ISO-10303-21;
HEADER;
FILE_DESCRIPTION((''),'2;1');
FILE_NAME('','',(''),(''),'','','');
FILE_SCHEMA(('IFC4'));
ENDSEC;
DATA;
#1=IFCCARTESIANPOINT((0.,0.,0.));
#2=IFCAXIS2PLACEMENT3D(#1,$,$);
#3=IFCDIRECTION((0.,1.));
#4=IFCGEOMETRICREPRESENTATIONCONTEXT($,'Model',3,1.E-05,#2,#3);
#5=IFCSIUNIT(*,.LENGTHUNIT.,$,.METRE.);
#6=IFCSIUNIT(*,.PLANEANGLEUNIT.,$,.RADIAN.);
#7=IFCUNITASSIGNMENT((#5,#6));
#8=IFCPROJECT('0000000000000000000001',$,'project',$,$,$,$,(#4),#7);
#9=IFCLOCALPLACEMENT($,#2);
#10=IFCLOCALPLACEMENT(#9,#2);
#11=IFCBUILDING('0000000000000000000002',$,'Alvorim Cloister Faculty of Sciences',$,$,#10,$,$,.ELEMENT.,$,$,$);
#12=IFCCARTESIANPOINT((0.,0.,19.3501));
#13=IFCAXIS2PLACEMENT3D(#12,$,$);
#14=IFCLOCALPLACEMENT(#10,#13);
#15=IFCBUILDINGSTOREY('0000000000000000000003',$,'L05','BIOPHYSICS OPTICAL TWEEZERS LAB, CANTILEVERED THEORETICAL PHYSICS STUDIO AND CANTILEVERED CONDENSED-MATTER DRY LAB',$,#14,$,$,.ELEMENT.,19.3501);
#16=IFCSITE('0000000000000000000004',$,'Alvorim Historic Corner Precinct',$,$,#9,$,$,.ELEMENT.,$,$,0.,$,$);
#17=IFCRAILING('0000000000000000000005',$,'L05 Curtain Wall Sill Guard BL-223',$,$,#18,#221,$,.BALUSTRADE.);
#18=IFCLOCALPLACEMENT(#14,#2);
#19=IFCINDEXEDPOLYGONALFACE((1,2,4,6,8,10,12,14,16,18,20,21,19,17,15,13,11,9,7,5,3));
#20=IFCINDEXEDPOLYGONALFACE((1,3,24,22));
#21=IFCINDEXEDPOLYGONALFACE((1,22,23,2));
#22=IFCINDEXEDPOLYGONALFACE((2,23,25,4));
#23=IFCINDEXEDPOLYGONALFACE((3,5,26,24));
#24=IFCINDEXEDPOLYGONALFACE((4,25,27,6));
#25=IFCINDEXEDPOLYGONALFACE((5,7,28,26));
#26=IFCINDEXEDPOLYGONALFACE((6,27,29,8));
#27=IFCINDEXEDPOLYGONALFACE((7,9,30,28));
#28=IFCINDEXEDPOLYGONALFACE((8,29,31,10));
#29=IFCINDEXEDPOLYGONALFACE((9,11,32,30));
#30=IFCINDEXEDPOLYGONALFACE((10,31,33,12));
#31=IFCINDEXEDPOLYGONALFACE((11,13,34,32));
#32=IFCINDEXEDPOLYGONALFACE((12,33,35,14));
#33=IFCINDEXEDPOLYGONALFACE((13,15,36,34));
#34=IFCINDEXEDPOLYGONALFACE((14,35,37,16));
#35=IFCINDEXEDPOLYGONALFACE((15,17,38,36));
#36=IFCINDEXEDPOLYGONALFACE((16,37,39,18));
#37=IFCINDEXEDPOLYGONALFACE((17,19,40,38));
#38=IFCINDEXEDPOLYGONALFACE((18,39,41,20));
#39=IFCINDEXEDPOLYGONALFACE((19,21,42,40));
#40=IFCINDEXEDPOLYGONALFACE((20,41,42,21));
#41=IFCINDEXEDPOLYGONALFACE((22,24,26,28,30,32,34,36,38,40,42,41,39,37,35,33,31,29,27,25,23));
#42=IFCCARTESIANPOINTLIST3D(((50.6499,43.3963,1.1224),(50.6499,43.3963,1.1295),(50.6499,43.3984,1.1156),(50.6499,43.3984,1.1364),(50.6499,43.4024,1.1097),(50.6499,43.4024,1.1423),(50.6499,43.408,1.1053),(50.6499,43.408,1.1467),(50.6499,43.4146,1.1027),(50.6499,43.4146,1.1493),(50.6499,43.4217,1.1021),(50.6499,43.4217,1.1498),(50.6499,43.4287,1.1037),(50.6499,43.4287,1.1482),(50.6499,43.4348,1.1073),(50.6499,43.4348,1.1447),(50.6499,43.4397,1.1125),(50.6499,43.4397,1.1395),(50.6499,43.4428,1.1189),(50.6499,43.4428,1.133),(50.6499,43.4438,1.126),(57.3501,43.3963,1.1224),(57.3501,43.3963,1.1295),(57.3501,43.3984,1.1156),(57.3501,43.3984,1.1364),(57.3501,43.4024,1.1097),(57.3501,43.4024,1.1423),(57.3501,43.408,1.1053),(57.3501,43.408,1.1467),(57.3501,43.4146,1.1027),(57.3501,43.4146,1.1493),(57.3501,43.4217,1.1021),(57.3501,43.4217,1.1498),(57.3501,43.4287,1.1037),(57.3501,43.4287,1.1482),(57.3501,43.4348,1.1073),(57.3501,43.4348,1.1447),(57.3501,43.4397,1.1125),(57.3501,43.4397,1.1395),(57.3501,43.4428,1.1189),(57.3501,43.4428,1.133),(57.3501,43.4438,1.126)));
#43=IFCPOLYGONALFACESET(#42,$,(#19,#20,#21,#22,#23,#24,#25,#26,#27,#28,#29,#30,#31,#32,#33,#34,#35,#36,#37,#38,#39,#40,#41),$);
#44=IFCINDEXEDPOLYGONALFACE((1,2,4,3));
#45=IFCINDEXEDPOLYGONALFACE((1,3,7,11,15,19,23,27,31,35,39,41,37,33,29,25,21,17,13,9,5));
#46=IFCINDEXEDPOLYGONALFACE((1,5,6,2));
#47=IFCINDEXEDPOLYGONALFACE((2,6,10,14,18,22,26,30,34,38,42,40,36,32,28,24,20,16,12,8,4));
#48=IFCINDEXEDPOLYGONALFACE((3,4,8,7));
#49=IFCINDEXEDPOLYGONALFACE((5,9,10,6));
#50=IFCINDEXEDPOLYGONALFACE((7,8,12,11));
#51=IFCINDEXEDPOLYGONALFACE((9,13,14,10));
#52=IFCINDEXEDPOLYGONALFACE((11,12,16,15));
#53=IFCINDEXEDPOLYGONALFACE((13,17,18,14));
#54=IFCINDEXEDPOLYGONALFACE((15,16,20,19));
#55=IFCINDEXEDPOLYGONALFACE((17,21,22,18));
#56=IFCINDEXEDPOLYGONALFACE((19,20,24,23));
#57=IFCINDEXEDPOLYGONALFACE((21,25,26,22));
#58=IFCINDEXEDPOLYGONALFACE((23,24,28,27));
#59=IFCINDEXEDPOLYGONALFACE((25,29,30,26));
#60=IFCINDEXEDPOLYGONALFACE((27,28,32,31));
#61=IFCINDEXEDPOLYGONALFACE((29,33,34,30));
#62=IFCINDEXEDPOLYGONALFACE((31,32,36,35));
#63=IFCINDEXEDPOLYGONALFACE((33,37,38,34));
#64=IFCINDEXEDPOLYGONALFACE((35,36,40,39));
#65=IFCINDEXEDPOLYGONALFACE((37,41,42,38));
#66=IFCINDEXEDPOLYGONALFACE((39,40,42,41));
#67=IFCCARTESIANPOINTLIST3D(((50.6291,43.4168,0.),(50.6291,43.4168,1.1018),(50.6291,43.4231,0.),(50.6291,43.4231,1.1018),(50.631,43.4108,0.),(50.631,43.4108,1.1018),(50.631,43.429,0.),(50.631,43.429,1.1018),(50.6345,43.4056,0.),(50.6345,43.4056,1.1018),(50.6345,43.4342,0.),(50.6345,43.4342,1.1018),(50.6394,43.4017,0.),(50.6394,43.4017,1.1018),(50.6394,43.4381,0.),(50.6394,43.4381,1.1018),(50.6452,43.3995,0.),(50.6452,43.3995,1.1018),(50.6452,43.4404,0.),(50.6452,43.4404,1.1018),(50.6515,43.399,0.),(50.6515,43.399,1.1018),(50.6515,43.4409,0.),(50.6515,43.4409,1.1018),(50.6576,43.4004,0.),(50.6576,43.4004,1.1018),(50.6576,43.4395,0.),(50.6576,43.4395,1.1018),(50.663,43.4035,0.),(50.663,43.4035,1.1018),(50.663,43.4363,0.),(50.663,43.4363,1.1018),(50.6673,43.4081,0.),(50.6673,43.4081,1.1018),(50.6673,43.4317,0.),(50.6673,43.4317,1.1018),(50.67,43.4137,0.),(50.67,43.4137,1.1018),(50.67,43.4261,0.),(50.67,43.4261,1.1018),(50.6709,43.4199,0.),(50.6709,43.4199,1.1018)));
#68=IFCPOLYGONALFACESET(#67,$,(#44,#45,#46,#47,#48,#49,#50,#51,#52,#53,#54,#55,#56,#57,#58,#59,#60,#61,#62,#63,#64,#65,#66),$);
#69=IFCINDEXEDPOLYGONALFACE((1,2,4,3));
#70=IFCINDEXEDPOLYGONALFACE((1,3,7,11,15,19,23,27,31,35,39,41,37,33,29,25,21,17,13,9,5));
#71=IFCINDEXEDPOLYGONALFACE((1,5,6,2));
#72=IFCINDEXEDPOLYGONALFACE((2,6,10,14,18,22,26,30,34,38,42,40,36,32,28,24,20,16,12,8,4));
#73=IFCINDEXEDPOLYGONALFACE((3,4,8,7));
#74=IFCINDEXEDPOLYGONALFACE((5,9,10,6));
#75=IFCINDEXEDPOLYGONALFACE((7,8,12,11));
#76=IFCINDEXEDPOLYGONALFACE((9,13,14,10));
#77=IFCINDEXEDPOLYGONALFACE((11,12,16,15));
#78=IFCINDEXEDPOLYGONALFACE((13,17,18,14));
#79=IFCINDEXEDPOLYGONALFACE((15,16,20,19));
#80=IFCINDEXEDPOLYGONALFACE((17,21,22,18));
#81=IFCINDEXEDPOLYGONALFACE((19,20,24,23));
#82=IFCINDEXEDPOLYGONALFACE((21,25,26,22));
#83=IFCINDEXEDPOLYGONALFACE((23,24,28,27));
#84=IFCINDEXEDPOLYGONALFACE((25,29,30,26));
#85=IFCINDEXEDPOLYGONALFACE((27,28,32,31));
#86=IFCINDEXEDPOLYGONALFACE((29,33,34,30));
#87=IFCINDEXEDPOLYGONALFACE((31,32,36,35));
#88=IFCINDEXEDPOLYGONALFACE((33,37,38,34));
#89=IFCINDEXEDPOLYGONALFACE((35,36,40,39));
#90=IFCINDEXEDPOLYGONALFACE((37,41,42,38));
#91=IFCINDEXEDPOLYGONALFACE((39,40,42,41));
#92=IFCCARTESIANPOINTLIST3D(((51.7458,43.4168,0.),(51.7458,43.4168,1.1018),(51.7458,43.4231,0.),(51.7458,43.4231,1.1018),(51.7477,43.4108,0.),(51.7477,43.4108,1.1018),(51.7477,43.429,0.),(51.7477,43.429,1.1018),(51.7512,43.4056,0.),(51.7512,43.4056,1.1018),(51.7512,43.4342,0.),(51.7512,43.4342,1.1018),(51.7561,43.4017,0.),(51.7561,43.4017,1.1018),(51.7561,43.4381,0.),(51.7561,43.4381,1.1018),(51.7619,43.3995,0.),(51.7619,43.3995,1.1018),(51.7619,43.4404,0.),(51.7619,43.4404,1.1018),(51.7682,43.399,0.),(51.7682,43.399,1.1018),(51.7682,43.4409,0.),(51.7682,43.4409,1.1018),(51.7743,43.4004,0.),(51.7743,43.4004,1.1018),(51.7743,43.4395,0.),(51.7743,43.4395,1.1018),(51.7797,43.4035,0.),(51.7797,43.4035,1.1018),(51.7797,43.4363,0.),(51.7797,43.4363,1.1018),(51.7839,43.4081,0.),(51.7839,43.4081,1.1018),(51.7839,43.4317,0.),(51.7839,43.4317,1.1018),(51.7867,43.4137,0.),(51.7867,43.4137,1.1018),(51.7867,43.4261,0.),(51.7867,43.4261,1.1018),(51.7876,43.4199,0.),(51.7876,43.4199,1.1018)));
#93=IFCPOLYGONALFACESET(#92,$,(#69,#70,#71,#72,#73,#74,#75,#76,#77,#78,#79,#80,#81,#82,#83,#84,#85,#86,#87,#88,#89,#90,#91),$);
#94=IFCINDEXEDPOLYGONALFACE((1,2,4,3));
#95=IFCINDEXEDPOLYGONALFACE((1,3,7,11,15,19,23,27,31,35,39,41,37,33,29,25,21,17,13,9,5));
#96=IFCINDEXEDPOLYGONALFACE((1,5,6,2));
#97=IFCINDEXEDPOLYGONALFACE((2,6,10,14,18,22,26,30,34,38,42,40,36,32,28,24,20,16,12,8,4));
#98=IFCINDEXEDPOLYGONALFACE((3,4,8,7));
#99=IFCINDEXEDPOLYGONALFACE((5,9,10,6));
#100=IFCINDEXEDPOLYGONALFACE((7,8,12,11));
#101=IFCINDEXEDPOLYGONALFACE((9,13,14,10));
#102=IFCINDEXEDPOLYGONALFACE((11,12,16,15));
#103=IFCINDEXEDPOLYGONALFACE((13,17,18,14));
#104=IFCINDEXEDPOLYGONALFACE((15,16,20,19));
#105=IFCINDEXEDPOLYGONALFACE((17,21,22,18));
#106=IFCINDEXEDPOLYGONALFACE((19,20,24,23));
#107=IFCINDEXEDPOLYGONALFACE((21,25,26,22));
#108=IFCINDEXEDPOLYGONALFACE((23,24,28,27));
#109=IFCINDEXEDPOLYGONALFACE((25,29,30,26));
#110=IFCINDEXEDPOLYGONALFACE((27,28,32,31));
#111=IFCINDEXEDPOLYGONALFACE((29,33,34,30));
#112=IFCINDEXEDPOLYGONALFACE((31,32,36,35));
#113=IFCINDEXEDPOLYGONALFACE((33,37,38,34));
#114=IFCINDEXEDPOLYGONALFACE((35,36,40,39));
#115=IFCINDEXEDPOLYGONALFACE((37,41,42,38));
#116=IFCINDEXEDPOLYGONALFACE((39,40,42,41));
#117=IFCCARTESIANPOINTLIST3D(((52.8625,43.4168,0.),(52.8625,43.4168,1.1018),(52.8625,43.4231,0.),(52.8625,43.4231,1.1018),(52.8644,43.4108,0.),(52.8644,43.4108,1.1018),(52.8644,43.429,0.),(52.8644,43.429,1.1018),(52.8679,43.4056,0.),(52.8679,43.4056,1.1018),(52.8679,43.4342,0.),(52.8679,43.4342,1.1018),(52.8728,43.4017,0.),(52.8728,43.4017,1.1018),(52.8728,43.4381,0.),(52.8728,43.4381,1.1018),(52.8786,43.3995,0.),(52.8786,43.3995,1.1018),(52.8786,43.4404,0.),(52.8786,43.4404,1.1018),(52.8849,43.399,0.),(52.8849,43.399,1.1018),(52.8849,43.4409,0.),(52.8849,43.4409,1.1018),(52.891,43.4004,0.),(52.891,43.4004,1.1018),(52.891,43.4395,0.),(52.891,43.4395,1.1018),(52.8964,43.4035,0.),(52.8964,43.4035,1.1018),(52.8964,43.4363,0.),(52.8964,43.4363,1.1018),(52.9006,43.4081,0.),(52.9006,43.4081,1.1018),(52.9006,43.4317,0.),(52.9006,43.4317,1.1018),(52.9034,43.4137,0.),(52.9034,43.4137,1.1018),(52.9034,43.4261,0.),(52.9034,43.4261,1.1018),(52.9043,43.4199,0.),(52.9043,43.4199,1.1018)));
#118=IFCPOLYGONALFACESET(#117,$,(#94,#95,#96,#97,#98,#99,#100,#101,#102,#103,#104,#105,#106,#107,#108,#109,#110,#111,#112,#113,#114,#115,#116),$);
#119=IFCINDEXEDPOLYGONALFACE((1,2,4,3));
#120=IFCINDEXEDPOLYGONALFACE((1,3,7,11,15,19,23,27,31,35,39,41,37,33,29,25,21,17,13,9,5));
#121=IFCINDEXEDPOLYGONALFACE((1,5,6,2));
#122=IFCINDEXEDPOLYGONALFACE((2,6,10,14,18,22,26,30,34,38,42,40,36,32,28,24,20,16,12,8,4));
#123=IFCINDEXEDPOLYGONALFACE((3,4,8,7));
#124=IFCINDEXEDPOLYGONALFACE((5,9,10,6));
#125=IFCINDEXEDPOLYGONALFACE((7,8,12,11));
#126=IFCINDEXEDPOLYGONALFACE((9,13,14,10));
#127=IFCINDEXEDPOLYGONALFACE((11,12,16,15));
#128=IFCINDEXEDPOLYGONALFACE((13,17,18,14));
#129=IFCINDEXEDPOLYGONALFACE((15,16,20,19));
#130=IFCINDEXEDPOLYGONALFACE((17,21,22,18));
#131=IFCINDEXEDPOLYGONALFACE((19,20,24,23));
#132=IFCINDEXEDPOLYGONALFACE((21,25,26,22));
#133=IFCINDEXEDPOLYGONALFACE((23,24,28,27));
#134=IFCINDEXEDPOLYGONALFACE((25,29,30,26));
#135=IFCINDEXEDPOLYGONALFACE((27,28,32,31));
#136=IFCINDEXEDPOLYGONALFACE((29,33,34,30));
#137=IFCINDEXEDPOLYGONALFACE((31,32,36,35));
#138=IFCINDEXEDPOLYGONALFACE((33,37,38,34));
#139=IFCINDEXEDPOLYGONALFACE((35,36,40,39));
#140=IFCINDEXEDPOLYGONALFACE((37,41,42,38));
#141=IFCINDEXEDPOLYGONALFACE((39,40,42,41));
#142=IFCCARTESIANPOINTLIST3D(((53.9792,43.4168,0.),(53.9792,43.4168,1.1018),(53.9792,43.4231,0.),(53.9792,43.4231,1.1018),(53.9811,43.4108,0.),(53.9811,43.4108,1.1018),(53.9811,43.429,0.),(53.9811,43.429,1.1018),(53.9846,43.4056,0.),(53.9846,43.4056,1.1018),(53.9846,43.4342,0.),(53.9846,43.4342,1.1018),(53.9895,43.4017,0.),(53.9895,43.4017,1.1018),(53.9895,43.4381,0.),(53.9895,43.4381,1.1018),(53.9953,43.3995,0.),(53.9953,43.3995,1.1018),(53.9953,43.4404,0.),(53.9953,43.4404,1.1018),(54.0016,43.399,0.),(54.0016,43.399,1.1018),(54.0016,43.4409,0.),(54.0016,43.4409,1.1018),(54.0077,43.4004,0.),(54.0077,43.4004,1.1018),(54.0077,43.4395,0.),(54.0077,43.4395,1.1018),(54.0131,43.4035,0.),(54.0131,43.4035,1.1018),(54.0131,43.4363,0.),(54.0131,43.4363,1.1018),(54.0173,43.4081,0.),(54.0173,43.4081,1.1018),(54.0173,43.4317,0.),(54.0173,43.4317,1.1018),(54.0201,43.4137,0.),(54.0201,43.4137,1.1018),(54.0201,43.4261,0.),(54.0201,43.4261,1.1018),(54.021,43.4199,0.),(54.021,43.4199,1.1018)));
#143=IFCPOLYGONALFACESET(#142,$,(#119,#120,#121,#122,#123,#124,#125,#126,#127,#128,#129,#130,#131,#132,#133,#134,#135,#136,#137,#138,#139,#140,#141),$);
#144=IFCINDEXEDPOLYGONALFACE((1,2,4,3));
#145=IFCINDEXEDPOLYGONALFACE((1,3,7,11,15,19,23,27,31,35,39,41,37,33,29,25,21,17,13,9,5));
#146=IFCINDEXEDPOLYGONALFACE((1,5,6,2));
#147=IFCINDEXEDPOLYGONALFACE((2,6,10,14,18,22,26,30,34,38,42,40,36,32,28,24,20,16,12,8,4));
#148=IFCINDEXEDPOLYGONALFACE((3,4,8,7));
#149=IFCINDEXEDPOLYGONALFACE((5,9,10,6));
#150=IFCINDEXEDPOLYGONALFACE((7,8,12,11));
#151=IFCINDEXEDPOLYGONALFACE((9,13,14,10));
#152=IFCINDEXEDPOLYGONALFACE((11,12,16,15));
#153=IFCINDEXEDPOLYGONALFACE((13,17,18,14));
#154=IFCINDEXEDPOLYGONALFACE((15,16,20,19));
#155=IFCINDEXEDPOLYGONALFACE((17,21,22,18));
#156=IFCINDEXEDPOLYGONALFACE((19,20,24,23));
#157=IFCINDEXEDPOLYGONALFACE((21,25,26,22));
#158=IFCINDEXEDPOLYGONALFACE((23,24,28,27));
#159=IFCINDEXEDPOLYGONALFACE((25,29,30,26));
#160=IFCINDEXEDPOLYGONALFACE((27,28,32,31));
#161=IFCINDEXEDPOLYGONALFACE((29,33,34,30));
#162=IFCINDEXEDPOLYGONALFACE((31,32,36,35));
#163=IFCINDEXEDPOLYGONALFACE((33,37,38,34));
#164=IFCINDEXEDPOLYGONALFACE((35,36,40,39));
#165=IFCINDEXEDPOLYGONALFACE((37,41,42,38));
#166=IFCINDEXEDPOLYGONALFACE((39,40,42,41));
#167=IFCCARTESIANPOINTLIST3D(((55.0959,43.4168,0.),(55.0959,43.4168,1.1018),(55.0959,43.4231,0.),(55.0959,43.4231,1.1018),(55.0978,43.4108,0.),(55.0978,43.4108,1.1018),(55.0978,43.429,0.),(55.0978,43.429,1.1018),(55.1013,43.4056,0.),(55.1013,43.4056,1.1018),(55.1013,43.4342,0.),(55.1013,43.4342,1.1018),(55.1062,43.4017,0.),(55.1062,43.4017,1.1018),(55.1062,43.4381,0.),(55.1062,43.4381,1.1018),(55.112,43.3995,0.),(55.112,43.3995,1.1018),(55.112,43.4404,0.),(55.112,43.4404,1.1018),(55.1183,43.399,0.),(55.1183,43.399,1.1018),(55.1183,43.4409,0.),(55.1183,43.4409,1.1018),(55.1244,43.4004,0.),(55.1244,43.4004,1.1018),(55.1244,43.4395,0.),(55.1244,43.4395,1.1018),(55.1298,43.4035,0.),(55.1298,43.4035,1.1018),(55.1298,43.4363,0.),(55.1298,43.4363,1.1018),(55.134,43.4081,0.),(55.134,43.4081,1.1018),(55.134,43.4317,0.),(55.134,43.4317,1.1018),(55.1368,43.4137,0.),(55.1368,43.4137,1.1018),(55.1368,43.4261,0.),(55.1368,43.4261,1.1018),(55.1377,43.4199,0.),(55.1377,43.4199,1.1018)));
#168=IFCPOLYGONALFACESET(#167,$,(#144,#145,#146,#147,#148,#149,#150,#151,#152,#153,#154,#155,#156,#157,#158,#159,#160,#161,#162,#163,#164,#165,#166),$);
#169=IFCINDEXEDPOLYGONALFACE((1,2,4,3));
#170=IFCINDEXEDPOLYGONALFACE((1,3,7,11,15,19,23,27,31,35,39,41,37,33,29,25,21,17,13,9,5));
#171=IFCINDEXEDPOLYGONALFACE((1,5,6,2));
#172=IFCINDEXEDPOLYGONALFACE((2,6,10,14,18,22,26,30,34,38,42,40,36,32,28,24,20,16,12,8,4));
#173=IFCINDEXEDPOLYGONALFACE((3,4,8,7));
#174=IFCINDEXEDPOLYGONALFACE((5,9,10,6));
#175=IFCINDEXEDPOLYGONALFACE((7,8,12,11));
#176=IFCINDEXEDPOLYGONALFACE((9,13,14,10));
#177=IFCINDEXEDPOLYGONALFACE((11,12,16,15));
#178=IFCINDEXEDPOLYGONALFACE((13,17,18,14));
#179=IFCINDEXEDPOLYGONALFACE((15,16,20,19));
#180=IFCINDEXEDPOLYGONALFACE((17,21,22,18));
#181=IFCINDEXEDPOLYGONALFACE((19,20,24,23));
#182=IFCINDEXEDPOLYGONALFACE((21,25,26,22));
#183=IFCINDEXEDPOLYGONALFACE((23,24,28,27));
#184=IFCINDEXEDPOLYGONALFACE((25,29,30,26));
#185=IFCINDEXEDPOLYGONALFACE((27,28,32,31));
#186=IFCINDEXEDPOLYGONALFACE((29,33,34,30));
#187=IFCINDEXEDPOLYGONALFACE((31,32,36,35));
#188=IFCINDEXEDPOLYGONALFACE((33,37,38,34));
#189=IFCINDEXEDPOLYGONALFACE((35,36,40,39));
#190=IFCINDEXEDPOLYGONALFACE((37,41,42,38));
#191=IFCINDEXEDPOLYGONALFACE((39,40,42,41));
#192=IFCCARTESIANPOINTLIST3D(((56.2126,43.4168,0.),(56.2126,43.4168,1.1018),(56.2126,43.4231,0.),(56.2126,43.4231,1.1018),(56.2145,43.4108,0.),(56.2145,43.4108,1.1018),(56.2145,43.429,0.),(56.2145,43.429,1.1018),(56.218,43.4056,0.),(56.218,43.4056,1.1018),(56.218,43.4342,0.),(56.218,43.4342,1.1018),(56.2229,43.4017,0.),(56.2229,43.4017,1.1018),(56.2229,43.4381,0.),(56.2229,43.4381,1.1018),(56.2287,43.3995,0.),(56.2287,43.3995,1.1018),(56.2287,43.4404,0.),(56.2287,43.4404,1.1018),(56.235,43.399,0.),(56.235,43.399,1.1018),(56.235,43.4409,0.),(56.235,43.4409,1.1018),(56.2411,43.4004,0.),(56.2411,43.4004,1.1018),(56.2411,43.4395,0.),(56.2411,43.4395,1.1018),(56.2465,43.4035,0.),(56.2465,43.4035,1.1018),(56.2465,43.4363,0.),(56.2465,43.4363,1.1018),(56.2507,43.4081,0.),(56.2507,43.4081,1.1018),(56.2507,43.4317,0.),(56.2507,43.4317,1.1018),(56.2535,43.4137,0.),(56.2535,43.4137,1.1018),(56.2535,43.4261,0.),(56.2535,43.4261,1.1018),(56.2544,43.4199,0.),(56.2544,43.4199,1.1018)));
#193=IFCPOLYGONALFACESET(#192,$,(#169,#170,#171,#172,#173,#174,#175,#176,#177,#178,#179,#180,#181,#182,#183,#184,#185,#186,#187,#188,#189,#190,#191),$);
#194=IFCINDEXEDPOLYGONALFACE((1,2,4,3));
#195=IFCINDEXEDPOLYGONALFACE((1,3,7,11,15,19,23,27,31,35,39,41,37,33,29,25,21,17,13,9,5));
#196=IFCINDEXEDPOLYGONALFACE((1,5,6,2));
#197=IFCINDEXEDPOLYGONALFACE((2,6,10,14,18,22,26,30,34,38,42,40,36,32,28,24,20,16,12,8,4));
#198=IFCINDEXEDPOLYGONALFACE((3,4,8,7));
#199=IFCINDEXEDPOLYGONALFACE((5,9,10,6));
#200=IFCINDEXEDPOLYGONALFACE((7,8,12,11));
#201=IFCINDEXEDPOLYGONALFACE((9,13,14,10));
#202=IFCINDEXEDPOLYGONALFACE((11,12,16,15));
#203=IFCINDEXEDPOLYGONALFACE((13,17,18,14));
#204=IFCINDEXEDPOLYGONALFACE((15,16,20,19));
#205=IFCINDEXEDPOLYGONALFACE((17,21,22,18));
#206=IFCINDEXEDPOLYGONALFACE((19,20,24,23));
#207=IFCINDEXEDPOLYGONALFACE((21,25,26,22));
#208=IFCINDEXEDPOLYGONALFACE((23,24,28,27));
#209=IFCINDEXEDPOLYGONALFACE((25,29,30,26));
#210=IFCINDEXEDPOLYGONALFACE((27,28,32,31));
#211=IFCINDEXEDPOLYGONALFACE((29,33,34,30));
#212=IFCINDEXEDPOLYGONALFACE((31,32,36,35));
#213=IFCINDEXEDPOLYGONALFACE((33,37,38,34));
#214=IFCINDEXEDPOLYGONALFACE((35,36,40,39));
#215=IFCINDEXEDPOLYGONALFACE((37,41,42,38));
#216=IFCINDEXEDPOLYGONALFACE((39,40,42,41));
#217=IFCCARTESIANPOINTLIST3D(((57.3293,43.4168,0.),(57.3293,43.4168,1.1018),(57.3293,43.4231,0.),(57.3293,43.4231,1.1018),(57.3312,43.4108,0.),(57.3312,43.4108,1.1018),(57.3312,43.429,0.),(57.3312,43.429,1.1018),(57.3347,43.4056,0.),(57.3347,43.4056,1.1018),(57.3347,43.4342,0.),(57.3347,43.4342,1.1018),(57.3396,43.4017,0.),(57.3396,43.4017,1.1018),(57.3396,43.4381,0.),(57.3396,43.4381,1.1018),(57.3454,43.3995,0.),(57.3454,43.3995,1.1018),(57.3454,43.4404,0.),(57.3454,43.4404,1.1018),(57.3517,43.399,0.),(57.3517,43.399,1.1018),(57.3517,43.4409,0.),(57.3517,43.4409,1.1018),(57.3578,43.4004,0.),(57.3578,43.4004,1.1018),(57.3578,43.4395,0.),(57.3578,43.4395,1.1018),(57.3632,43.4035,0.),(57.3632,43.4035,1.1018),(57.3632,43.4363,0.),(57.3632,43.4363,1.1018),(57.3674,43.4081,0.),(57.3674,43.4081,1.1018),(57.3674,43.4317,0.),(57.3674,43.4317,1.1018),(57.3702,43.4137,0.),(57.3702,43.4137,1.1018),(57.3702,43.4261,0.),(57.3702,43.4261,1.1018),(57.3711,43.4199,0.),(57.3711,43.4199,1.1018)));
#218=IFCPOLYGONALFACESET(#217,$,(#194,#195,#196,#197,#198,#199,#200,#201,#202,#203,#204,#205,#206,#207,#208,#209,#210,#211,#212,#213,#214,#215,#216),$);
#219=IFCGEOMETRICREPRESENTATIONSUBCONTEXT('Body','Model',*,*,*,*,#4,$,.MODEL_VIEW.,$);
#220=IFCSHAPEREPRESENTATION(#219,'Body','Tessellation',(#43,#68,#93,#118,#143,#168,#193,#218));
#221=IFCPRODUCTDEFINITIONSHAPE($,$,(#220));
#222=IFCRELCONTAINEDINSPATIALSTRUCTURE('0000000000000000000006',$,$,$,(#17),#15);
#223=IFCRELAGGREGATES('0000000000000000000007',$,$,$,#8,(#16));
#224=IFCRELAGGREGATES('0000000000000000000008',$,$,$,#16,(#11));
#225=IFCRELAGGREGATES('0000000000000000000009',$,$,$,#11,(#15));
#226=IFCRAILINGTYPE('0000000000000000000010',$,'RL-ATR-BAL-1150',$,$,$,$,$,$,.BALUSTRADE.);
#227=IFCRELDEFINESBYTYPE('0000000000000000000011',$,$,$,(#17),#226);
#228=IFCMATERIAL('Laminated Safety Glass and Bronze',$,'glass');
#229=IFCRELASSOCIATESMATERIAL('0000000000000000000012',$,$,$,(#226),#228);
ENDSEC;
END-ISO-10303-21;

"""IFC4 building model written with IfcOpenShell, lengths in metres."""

from ifc_helpers import new_model, si_unit, direction, frame, origin, origin_2d, place, context, subcontext, project, spatial, circle, extrude, material, type_object, element, save


model = new_model("IFC4")

# Units and contexts
model_context = context("Model", 3, precision=1e-05, world=origin(), true_north=direction((0.0, 1.0)))
body_context = subcontext(model_context, "Body", "Model", "MODEL_VIEW")
ifc_project = project(units=[si_unit("LENGTHUNIT", "METRE"), si_unit("PLANEANGLEUNIT", "RADIAN")], contexts=[model_context])

# Site, building, storey
site_placement = place(None, origin())
site = spatial("IfcSite", under=ifc_project, at=site_placement, Name="Alvorim Historic Corner Precinct", CompositionType="ELEMENT", RefElevation=0.0)
building_placement = place(site_placement, origin())
building = spatial("IfcBuilding", under=site, at=building_placement, Name="Alvorim Cloister Faculty of Sciences", CompositionType="ELEMENT")
storey_placement = place(building_placement, frame((0.0, 0.0, 19.3501)))
storey = spatial("IfcBuildingStorey", under=building, at=storey_placement, Name="L05", Description="BIOPHYSICS OPTICAL TWEEZERS LAB, CANTILEVERED THEORETICAL PHYSICS STUDIO AND CANTILEVERED CONDENSED-MATTER DRY LAB", CompositionType="ELEMENT", Elevation=19.3501)

# Railing
ifc_material_1 = material(Name="Laminated Safety Glass and Bronze", Category="glass")
railing_type = type_object("IfcRailingType", Name="RL-ATR-BAL-1150", PredefinedType="BALUSTRADE", material=ifc_material_1)
railing_placement = place(storey_placement, frame((50.6499, 43.4199, 0.0)))
element("IfcRailing", 1, at=railing_placement, inside=storey, type_object=railing_type, Name="L05 Curtain Wall Sill Guard BL-223", PredefinedType="BALUSTRADE", context=body_context, shape_type="SweptSolid", body=[
    extrude(circle(Radius=0.0239, at=origin_2d()), frame((0.0, 0.0, 1.126), z_axis=(1.0, 0.0, 0.0), x_axis=(0.0, 1.0, 0.0)), (0.0, 0.0, 1.0), 6.7002),
    extrude(circle(Radius=0.021, at=origin_2d()), origin(), (0.0, 0.0, 1.0), 1.1018),
    extrude(circle(Radius=0.021, at=origin_2d()), frame((1.1167, 0.0, 0.0)), (0.0, 0.0, 1.0), 1.1018),
    extrude(circle(Radius=0.021, at=origin_2d()), frame((2.2334, 0.0, 0.0)), (0.0, 0.0, 1.0), 1.1018),
    extrude(circle(Radius=0.021, at=origin_2d()), frame((3.3501, 0.0, 0.0)), (0.0, 0.0, 1.0), 1.1018),
    extrude(circle(Radius=0.021, at=origin_2d()), frame((4.4668, 0.0, 0.0)), (0.0, 0.0, 1.0), 1.1018),
    extrude(circle(Radius=0.021, at=origin_2d()), frame((5.5835, 0.0, 0.0)), (0.0, 0.0, 1.0), 1.1018),
    extrude(circle(Radius=0.021, at=origin_2d()), frame((6.7002, 0.0, 0.0)), (0.0, 0.0, 1.0), 1.1018),
])

save(model, "model.ifc")
